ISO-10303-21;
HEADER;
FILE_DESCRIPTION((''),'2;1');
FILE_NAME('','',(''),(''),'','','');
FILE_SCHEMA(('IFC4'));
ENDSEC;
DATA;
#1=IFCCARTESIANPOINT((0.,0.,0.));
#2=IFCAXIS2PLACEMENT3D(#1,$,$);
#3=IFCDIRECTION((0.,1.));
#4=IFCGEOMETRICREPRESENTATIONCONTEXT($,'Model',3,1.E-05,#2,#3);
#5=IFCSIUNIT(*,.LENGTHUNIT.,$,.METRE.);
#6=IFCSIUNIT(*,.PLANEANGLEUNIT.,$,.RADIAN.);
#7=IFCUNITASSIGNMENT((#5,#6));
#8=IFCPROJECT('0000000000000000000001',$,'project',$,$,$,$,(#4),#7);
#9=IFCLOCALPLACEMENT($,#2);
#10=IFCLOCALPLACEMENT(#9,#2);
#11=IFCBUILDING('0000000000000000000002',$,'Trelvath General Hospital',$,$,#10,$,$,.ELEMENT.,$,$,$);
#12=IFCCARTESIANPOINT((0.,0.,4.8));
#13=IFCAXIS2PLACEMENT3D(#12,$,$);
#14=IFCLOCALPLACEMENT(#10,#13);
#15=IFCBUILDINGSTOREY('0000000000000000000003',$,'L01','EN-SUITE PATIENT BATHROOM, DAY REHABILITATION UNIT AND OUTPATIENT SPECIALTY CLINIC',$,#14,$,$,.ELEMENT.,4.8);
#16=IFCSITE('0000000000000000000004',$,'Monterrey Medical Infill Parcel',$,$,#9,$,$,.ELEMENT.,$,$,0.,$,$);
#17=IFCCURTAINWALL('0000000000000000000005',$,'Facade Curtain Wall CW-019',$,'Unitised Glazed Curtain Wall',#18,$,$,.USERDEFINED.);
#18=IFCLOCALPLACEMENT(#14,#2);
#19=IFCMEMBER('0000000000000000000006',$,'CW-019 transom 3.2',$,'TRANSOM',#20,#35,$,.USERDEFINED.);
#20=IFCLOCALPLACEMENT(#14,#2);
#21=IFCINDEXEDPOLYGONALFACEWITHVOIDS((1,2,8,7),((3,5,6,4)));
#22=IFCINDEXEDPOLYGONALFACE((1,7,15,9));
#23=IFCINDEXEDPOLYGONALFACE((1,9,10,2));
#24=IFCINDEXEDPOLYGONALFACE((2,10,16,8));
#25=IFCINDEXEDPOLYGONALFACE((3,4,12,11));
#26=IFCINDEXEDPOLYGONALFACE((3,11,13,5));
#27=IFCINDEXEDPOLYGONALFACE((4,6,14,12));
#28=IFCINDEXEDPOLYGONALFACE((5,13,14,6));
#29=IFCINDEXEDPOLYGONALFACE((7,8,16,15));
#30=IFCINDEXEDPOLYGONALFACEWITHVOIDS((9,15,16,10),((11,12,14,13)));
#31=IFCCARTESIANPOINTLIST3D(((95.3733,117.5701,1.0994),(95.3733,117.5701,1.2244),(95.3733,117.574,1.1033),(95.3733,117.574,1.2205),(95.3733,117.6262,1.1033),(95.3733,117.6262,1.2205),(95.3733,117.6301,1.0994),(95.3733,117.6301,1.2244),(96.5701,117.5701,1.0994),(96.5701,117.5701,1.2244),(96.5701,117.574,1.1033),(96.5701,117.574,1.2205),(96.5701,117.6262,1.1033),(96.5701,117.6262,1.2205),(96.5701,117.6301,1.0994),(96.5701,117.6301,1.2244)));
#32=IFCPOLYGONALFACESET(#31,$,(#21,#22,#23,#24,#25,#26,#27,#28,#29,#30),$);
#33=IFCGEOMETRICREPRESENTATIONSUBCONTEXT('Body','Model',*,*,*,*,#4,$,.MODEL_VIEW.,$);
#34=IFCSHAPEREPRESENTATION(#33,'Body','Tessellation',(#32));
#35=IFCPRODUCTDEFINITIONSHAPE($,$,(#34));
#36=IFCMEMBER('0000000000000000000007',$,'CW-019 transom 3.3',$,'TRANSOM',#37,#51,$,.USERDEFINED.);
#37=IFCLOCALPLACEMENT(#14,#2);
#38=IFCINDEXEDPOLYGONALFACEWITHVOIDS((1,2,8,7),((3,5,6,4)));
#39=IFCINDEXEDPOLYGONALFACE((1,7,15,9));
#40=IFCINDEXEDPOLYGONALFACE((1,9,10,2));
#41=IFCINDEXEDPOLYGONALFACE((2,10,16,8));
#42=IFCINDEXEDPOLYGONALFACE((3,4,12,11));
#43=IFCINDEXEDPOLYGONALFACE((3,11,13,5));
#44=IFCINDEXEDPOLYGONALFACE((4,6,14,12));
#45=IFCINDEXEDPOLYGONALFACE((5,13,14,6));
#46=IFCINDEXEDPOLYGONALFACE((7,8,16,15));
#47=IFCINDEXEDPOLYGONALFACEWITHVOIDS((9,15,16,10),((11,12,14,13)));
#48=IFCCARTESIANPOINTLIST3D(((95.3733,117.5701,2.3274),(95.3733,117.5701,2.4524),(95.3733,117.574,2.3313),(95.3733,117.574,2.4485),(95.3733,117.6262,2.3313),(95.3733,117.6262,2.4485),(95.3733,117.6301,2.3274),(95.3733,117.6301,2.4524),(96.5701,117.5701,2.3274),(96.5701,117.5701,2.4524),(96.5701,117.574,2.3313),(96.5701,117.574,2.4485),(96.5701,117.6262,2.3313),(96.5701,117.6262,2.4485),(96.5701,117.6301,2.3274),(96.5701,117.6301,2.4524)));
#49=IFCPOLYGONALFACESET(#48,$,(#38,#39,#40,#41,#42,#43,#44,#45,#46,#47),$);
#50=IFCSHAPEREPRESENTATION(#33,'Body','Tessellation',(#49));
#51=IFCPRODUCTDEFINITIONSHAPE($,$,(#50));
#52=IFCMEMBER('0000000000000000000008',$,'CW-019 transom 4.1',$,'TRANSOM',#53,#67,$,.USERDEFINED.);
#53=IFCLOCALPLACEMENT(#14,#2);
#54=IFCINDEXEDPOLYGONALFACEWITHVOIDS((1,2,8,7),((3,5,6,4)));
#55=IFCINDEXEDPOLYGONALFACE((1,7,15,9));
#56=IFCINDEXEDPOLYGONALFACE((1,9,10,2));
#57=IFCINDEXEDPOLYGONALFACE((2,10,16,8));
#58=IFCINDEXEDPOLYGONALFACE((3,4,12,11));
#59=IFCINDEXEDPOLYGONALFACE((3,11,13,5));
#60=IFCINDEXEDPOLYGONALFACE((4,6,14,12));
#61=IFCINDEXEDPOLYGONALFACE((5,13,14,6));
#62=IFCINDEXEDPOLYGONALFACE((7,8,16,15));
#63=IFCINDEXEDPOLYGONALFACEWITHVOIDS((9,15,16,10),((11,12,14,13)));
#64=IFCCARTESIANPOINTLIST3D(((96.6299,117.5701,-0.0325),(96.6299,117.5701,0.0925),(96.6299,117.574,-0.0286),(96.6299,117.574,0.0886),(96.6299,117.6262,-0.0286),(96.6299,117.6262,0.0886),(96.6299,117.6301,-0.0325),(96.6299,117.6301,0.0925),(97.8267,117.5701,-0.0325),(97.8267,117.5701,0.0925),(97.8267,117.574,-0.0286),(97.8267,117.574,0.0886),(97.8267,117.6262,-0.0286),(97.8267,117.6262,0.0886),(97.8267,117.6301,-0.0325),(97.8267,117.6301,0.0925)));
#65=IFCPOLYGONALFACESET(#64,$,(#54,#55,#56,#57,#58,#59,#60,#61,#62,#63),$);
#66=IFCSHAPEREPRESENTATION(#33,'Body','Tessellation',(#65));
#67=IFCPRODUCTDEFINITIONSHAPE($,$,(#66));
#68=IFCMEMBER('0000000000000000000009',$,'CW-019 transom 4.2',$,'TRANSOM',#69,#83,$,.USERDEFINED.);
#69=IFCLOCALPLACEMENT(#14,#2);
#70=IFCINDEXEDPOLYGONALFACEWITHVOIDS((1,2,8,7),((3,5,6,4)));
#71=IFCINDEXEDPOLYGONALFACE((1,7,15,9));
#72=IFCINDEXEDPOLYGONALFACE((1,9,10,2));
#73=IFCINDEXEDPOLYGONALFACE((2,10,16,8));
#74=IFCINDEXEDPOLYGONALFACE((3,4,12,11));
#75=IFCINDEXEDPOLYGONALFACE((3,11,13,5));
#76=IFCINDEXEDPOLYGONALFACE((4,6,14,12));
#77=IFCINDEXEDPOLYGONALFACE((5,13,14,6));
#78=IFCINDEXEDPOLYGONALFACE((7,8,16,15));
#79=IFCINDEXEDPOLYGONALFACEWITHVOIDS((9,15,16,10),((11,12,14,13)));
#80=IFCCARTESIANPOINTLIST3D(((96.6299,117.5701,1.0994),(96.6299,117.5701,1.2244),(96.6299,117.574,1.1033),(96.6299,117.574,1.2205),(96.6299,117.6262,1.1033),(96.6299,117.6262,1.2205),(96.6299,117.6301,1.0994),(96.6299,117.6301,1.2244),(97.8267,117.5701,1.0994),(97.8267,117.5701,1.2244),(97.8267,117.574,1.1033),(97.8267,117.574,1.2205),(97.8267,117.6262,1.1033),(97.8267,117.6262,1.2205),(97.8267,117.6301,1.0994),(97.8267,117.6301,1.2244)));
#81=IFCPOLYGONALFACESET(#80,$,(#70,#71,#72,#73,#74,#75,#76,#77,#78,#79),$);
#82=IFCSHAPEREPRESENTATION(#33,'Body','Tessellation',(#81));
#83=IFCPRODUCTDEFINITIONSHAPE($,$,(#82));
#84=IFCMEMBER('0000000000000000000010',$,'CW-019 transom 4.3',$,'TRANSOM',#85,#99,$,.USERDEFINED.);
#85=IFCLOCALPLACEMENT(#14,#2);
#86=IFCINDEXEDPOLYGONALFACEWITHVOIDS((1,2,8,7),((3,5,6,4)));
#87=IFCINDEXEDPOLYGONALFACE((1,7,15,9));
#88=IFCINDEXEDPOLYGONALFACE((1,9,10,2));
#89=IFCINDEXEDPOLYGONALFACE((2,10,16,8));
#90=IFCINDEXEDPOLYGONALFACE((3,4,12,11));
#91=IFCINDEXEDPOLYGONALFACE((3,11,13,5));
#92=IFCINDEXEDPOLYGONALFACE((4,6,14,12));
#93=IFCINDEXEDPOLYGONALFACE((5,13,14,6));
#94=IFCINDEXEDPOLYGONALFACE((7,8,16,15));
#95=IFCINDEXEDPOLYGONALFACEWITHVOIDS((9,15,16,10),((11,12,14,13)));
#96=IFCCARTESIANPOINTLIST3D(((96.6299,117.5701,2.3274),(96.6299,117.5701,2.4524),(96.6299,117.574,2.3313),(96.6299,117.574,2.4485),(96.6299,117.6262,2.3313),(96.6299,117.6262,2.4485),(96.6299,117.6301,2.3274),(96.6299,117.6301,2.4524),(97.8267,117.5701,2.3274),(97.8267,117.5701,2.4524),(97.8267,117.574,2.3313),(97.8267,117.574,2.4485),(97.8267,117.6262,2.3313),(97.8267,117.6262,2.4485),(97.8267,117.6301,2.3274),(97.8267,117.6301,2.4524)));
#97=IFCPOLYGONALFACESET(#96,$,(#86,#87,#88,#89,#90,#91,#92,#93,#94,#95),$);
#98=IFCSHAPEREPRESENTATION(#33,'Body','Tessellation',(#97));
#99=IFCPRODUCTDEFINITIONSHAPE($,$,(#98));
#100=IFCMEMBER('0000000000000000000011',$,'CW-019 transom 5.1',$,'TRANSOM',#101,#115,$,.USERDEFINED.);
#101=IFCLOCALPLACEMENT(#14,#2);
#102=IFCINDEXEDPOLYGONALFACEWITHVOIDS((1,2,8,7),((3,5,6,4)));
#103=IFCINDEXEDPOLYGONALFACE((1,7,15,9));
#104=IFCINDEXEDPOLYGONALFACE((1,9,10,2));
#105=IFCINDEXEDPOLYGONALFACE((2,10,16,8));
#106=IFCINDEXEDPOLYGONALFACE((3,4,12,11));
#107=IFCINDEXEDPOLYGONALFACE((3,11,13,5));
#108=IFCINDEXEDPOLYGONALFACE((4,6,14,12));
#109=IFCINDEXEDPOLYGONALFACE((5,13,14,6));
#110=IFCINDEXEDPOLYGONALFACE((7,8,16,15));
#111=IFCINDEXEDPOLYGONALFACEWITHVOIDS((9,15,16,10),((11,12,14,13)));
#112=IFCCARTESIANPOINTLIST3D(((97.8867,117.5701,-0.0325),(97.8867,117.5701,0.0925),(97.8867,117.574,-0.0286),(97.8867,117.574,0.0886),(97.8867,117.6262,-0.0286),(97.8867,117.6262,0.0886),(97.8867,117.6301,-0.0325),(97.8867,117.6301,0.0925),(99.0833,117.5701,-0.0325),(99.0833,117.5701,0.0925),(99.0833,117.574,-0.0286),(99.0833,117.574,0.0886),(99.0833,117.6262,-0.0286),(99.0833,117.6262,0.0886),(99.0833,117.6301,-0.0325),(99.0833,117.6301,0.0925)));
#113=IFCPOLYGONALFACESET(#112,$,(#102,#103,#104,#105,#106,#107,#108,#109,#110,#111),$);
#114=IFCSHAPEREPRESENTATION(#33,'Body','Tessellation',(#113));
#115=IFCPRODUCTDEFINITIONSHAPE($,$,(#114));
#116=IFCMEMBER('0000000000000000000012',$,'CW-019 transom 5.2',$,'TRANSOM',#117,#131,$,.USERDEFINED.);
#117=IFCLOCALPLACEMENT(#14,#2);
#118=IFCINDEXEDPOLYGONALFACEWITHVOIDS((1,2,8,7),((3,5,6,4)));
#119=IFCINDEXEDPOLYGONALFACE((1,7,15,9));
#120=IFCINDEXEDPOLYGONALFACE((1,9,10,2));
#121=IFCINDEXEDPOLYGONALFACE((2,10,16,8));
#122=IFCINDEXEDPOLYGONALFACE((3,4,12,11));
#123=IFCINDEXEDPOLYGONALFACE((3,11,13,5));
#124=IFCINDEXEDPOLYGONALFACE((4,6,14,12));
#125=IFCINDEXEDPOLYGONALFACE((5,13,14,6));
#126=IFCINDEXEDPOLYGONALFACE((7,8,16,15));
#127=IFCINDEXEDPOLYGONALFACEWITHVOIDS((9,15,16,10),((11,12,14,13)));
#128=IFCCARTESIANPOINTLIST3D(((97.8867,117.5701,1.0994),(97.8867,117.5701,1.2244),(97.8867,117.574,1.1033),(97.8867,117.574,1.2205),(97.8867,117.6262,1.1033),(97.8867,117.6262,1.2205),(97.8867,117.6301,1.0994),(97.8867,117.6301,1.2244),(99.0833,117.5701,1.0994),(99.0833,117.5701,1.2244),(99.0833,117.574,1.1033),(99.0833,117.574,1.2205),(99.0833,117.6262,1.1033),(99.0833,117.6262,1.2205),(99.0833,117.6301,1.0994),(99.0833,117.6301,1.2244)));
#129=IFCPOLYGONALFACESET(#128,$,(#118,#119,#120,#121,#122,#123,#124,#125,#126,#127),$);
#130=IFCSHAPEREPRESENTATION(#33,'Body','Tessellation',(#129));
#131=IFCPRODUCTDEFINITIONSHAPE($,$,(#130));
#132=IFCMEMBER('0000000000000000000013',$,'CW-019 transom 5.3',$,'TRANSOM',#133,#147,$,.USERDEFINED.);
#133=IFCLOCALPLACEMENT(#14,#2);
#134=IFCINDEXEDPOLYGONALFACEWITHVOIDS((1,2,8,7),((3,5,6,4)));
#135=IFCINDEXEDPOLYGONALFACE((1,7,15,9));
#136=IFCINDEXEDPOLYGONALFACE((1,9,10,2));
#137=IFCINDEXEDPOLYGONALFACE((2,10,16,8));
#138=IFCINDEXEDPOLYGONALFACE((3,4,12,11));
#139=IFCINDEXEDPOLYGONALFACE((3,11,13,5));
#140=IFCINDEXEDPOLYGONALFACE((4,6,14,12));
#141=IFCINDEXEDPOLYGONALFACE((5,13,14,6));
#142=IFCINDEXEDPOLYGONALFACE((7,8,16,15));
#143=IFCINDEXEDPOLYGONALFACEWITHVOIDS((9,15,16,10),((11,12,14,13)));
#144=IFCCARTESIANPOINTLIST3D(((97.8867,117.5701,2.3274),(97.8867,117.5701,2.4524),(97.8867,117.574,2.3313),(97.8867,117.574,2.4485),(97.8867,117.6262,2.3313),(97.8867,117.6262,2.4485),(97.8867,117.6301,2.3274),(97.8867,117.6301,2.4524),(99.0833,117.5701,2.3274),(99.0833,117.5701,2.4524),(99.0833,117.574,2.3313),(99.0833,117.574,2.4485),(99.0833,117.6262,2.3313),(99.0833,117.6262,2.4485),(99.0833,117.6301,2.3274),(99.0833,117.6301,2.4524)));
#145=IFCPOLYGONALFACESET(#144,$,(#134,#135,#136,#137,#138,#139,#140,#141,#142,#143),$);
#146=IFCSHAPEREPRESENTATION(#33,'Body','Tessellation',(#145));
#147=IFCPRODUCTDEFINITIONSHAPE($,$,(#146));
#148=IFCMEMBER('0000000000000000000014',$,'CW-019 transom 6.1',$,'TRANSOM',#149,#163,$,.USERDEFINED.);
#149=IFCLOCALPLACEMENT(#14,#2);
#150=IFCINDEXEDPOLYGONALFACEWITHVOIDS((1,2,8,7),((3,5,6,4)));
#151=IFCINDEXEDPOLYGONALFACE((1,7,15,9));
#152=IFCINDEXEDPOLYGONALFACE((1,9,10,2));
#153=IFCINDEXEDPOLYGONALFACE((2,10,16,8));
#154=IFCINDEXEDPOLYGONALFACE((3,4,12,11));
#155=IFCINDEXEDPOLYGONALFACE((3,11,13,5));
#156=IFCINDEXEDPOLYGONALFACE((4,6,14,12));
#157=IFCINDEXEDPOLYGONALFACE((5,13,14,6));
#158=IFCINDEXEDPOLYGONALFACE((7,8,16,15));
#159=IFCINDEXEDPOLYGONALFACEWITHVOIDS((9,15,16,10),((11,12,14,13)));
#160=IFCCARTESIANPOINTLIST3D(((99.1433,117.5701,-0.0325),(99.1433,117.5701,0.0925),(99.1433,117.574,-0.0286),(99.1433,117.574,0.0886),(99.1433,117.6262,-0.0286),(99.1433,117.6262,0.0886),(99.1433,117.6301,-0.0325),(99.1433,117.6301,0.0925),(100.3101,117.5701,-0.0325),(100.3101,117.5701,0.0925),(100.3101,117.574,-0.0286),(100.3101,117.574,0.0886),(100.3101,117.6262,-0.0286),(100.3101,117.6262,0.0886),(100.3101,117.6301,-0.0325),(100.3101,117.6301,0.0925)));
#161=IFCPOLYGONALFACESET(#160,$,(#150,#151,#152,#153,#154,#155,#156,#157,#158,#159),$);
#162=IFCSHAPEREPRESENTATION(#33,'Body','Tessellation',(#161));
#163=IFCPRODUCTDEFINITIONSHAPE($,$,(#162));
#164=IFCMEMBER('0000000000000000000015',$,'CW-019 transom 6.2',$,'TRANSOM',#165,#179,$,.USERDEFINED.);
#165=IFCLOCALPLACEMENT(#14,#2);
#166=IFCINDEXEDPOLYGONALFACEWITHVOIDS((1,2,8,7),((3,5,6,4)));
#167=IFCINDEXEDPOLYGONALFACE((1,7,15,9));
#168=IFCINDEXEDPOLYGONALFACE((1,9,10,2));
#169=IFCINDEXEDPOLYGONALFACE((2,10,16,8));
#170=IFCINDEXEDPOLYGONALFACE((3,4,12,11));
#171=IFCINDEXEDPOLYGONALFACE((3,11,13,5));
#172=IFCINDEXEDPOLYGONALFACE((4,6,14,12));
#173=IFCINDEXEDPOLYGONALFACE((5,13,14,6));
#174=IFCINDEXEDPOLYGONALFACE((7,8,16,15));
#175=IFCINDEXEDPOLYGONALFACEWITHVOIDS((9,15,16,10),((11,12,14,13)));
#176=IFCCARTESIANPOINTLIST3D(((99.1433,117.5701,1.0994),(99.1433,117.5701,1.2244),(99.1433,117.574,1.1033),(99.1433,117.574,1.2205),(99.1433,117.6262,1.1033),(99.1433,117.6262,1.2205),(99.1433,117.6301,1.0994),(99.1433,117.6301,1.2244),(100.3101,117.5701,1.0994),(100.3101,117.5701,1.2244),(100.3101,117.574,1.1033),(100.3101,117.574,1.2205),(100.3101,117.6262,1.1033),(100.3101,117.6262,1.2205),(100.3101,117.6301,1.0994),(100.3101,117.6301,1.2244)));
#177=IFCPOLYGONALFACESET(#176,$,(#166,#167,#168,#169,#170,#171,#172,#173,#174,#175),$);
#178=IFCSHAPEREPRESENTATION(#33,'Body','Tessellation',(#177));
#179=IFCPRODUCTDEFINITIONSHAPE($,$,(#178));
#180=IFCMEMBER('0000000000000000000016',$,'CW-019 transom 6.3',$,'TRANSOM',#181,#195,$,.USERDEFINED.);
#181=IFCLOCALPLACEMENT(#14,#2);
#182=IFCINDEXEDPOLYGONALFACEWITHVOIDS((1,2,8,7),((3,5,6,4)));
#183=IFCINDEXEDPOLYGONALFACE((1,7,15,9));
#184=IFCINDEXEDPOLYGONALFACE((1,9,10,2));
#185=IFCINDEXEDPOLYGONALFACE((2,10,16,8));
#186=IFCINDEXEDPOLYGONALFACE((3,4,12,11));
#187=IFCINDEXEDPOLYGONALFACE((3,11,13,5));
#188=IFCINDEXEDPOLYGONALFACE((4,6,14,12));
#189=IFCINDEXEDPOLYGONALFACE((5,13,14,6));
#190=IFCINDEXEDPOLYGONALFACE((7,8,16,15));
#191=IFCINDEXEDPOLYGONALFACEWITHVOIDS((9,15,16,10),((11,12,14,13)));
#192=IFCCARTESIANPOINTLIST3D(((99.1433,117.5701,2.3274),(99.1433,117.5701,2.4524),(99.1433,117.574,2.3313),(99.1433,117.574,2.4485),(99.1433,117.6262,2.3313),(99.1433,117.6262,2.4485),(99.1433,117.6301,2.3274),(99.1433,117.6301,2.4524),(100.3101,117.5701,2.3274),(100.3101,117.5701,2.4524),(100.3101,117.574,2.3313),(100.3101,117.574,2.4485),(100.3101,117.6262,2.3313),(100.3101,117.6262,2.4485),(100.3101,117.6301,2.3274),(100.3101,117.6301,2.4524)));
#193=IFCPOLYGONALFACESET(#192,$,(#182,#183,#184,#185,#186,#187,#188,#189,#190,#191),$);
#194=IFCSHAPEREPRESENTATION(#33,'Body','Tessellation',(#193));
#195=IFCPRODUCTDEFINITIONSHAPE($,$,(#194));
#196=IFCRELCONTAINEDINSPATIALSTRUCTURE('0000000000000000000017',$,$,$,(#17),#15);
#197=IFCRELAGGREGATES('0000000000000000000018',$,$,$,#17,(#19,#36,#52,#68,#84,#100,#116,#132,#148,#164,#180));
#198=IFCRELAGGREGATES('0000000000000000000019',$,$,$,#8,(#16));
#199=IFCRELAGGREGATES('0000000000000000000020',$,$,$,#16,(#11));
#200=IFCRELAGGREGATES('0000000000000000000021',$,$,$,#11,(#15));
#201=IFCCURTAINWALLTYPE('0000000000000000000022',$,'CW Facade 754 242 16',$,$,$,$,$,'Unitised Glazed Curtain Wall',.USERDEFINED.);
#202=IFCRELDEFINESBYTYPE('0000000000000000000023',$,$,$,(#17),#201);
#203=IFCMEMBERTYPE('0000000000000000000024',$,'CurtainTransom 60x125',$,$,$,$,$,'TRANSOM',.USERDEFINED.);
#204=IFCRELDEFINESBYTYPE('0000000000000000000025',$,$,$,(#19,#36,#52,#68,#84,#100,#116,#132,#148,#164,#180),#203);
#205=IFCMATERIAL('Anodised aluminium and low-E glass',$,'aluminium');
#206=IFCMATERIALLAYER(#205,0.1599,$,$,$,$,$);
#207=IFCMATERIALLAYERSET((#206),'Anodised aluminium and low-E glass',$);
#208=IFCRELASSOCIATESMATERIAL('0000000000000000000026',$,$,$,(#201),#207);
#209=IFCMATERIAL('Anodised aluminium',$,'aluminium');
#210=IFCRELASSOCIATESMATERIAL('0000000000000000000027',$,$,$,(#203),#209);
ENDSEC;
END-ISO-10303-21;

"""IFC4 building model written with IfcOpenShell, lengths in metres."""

from ifc_helpers import new_model, si_unit, direction, frame, origin, origin_2d, place, context, subcontext, project, spatial, hollow_rectangle, extrude, material, layer, layer_set, material_profile, profile_set, type_object, element, aggregate, save


model = new_model("IFC4")

# Units and contexts
model_context = context("Model", 3, precision=1e-05, world=origin(), true_north=direction((0.0, 1.0)))
body_context = subcontext(model_context, "Body", "Model", "MODEL_VIEW")
ifc_project = project(units=[si_unit("LENGTHUNIT", "METRE"), si_unit("PLANEANGLEUNIT", "RADIAN")], contexts=[model_context])

# Site, building, storey
site_placement = place(None, origin())
site = spatial("IfcSite", under=ifc_project, at=site_placement, Name="Monterrey Medical Infill Parcel", CompositionType="ELEMENT", RefElevation=0.0)
building_placement = place(site_placement, origin())
building = spatial("IfcBuilding", under=site, at=building_placement, Name="Trelvath General Hospital", CompositionType="ELEMENT")
storey_placement = place(building_placement, frame((0.0, 0.0, 4.8)))
storey = spatial("IfcBuildingStorey", under=building, at=storey_placement, Name="L01", Description="EN-SUITE PATIENT BATHROOM, DAY REHABILITATION UNIT AND OUTPATIENT SPECIALTY CLINIC", CompositionType="ELEMENT", Elevation=4.8)

# Curtain wall, members
ifc_material_1 = material(Name="Anodised aluminium and low-E glass", Category="aluminium")
ifc_layer_1 = layer(ifc_material_1, 0.1599)
ifc_layer_set_1 = layer_set([ifc_layer_1], Name="Anodised aluminium and low-E glass")
curtain_wall_type = type_object("IfcCurtainWallType", Name="CW Facade 754 242 16", ElementType="Unitised Glazed Curtain Wall", PredefinedType="USERDEFINED", material=ifc_layer_set_1)
curtain_wall_placement = place(storey_placement, origin())
curtain_wall = element("IfcCurtainWall", 1, at=curtain_wall_placement, inside=storey, type_object=curtain_wall_type, Name="Facade Curtain Wall CW-019", ObjectType="Unitised Glazed Curtain Wall", PredefinedType="USERDEFINED")
ifc_material_2 = material(Name="Anodised aluminium", Category="aluminium")
ifc_material_profile_1 = material_profile(ifc_material_2, hollow_rectangle(XDim=0.0601, YDim=0.125, WallThickness=0.0039, at=origin_2d()), Name="RHS60x125x4")
ifc_profile_set_1 = profile_set([ifc_material_profile_1], Name="Anodised aluminium")
member_type_1 = type_object("IfcMemberType", Name="CurtainTransom 60x125", ElementType="TRANSOM", PredefinedType="USERDEFINED", material=ifc_profile_set_1)
member_1_placement = place(storey_placement, frame((95.3733, 117.6001, 1.1619), z_axis=(1.0, 0.0, 0.0), x_axis=(0.0, 1.0, 0.0)))
member_1 = element("IfcMember", 2, at=member_1_placement, type_object=member_type_1, Name="CW-019 transom 3.2", ObjectType="TRANSOM", PredefinedType="USERDEFINED", context=body_context, shape_type="SweptSolid", body=[
    extrude(hollow_rectangle(XDim=0.0601, YDim=0.125, WallThickness=0.0039, at=origin_2d()), origin(), (0.0, 0.0, 1.0), 1.1968),
])
member_2_placement = place(storey_placement, frame((95.3733, 117.6001, 2.3899), z_axis=(1.0, 0.0, 0.0), x_axis=(0.0, 1.0, 0.0)))
member_2 = element("IfcMember", 3, at=member_2_placement, type_object=member_type_1, Name="CW-019 transom 3.3", ObjectType="TRANSOM", PredefinedType="USERDEFINED", context=body_context, shape_type="SweptSolid", body=[
    extrude(hollow_rectangle(XDim=0.0601, YDim=0.125, WallThickness=0.0039, at=origin_2d()), origin(), (0.0, 0.0, 1.0), 1.1968),
])
member_3_placement = place(storey_placement, frame((96.6299, 117.6001, 0.03), z_axis=(1.0, 0.0, 0.0), x_axis=(0.0, 1.0, 0.0)))
member_3 = element("IfcMember", 4, at=member_3_placement, type_object=member_type_1, Name="CW-019 transom 4.1", ObjectType="TRANSOM", PredefinedType="USERDEFINED", context=body_context, shape_type="SweptSolid", body=[
    extrude(hollow_rectangle(XDim=0.0601, YDim=0.125, WallThickness=0.0039, at=origin_2d()), origin(), (0.0, 0.0, 1.0), 1.1968),
])
member_4_placement = place(storey_placement, frame((96.6299, 117.6001, 1.1619), z_axis=(1.0, 0.0, 0.0), x_axis=(0.0, 1.0, 0.0)))
member_4 = element("IfcMember", 5, at=member_4_placement, type_object=member_type_1, Name="CW-019 transom 4.2", ObjectType="TRANSOM", PredefinedType="USERDEFINED", context=body_context, shape_type="SweptSolid", body=[
    extrude(hollow_rectangle(XDim=0.0601, YDim=0.125, WallThickness=0.0039, at=origin_2d()), origin(), (0.0, 0.0, 1.0), 1.1968),
])
member_5_placement = place(storey_placement, frame((96.6299, 117.6001, 2.3899), z_axis=(1.0, 0.0, 0.0), x_axis=(0.0, 1.0, 0.0)))
member_5 = element("IfcMember", 6, at=member_5_placement, type_object=member_type_1, Name="CW-019 transom 4.3", ObjectType="TRANSOM", PredefinedType="USERDEFINED", context=body_context, shape_type="SweptSolid", body=[
    extrude(hollow_rectangle(XDim=0.0601, YDim=0.125, WallThickness=0.0039, at=origin_2d()), origin(), (0.0, 0.0, 1.0), 1.1968),
])
member_6_placement = place(storey_placement, frame((97.8867, 117.6001, 0.03), z_axis=(1.0, 0.0, 0.0), x_axis=(0.0, 1.0, 0.0)))
member_6 = element("IfcMember", 7, at=member_6_placement, type_object=member_type_1, Name="CW-019 transom 5.1", ObjectType="TRANSOM", PredefinedType="USERDEFINED", context=body_context, shape_type="SweptSolid", body=[
    extrude(hollow_rectangle(XDim=0.0601, YDim=0.125, WallThickness=0.0039, at=origin_2d()), origin(), (0.0, 0.0, 1.0), 1.1965),
])
member_7_placement = place(storey_placement, frame((97.8867, 117.6001, 1.1619), z_axis=(1.0, 0.0, 0.0), x_axis=(0.0, 1.0, 0.0)))
member_7 = element("IfcMember", 8, at=member_7_placement, type_object=member_type_1, Name="CW-019 transom 5.2", ObjectType="TRANSOM", PredefinedType="USERDEFINED", context=body_context, shape_type="SweptSolid", body=[
    extrude(hollow_rectangle(XDim=0.0601, YDim=0.125, WallThickness=0.0039, at=origin_2d()), origin(), (0.0, 0.0, 1.0), 1.1965),
])
member_8_placement = place(storey_placement, frame((97.8867, 117.6001, 2.3899), z_axis=(1.0, 0.0, 0.0), x_axis=(0.0, 1.0, 0.0)))
member_8 = element("IfcMember", 9, at=member_8_placement, type_object=member_type_1, Name="CW-019 transom 5.3", ObjectType="TRANSOM", PredefinedType="USERDEFINED", context=body_context, shape_type="SweptSolid", body=[
    extrude(hollow_rectangle(XDim=0.0601, YDim=0.125, WallThickness=0.0039, at=origin_2d()), origin(), (0.0, 0.0, 1.0), 1.1965),
])
member_9_placement = place(storey_placement, frame((99.1433, 117.6001, 0.03), z_axis=(1.0, 0.0, 0.0), x_axis=(0.0, 1.0, 0.0)))
member_9 = element("IfcMember", 10, at=member_9_placement, type_object=member_type_1, Name="CW-019 transom 6.1", ObjectType="TRANSOM", PredefinedType="USERDEFINED", context=body_context, shape_type="SweptSolid", body=[
    extrude(hollow_rectangle(XDim=0.0601, YDim=0.125, WallThickness=0.0039, at=origin_2d()), origin(), (0.0, 0.0, 1.0), 1.1667),
])
member_10_placement = place(storey_placement, frame((99.1433, 117.6001, 1.1619), z_axis=(1.0, 0.0, 0.0), x_axis=(0.0, 1.0, 0.0)))
member_10 = element("IfcMember", 11, at=member_10_placement, type_object=member_type_1, Name="CW-019 transom 6.2", ObjectType="TRANSOM", PredefinedType="USERDEFINED", context=body_context, shape_type="SweptSolid", body=[
    extrude(hollow_rectangle(XDim=0.0601, YDim=0.125, WallThickness=0.0039, at=origin_2d()), origin(), (0.0, 0.0, 1.0), 1.1667),
])
member_11_placement = place(storey_placement, frame((99.1433, 117.6001, 2.3899), z_axis=(1.0, 0.0, 0.0), x_axis=(0.0, 1.0, 0.0)))
member_11 = element("IfcMember", 12, at=member_11_placement, type_object=member_type_1, Name="CW-019 transom 6.3", ObjectType="TRANSOM", PredefinedType="USERDEFINED", context=body_context, shape_type="SweptSolid", body=[
    extrude(hollow_rectangle(XDim=0.0601, YDim=0.125, WallThickness=0.0039, at=origin_2d()), origin(), (0.0, 0.0, 1.0), 1.1667),
])
aggregate(curtain_wall, [member_1, member_2, member_3, member_4, member_5, member_6, member_7, member_8, member_9, member_10, member_11])

save(model, "model.ifc")
